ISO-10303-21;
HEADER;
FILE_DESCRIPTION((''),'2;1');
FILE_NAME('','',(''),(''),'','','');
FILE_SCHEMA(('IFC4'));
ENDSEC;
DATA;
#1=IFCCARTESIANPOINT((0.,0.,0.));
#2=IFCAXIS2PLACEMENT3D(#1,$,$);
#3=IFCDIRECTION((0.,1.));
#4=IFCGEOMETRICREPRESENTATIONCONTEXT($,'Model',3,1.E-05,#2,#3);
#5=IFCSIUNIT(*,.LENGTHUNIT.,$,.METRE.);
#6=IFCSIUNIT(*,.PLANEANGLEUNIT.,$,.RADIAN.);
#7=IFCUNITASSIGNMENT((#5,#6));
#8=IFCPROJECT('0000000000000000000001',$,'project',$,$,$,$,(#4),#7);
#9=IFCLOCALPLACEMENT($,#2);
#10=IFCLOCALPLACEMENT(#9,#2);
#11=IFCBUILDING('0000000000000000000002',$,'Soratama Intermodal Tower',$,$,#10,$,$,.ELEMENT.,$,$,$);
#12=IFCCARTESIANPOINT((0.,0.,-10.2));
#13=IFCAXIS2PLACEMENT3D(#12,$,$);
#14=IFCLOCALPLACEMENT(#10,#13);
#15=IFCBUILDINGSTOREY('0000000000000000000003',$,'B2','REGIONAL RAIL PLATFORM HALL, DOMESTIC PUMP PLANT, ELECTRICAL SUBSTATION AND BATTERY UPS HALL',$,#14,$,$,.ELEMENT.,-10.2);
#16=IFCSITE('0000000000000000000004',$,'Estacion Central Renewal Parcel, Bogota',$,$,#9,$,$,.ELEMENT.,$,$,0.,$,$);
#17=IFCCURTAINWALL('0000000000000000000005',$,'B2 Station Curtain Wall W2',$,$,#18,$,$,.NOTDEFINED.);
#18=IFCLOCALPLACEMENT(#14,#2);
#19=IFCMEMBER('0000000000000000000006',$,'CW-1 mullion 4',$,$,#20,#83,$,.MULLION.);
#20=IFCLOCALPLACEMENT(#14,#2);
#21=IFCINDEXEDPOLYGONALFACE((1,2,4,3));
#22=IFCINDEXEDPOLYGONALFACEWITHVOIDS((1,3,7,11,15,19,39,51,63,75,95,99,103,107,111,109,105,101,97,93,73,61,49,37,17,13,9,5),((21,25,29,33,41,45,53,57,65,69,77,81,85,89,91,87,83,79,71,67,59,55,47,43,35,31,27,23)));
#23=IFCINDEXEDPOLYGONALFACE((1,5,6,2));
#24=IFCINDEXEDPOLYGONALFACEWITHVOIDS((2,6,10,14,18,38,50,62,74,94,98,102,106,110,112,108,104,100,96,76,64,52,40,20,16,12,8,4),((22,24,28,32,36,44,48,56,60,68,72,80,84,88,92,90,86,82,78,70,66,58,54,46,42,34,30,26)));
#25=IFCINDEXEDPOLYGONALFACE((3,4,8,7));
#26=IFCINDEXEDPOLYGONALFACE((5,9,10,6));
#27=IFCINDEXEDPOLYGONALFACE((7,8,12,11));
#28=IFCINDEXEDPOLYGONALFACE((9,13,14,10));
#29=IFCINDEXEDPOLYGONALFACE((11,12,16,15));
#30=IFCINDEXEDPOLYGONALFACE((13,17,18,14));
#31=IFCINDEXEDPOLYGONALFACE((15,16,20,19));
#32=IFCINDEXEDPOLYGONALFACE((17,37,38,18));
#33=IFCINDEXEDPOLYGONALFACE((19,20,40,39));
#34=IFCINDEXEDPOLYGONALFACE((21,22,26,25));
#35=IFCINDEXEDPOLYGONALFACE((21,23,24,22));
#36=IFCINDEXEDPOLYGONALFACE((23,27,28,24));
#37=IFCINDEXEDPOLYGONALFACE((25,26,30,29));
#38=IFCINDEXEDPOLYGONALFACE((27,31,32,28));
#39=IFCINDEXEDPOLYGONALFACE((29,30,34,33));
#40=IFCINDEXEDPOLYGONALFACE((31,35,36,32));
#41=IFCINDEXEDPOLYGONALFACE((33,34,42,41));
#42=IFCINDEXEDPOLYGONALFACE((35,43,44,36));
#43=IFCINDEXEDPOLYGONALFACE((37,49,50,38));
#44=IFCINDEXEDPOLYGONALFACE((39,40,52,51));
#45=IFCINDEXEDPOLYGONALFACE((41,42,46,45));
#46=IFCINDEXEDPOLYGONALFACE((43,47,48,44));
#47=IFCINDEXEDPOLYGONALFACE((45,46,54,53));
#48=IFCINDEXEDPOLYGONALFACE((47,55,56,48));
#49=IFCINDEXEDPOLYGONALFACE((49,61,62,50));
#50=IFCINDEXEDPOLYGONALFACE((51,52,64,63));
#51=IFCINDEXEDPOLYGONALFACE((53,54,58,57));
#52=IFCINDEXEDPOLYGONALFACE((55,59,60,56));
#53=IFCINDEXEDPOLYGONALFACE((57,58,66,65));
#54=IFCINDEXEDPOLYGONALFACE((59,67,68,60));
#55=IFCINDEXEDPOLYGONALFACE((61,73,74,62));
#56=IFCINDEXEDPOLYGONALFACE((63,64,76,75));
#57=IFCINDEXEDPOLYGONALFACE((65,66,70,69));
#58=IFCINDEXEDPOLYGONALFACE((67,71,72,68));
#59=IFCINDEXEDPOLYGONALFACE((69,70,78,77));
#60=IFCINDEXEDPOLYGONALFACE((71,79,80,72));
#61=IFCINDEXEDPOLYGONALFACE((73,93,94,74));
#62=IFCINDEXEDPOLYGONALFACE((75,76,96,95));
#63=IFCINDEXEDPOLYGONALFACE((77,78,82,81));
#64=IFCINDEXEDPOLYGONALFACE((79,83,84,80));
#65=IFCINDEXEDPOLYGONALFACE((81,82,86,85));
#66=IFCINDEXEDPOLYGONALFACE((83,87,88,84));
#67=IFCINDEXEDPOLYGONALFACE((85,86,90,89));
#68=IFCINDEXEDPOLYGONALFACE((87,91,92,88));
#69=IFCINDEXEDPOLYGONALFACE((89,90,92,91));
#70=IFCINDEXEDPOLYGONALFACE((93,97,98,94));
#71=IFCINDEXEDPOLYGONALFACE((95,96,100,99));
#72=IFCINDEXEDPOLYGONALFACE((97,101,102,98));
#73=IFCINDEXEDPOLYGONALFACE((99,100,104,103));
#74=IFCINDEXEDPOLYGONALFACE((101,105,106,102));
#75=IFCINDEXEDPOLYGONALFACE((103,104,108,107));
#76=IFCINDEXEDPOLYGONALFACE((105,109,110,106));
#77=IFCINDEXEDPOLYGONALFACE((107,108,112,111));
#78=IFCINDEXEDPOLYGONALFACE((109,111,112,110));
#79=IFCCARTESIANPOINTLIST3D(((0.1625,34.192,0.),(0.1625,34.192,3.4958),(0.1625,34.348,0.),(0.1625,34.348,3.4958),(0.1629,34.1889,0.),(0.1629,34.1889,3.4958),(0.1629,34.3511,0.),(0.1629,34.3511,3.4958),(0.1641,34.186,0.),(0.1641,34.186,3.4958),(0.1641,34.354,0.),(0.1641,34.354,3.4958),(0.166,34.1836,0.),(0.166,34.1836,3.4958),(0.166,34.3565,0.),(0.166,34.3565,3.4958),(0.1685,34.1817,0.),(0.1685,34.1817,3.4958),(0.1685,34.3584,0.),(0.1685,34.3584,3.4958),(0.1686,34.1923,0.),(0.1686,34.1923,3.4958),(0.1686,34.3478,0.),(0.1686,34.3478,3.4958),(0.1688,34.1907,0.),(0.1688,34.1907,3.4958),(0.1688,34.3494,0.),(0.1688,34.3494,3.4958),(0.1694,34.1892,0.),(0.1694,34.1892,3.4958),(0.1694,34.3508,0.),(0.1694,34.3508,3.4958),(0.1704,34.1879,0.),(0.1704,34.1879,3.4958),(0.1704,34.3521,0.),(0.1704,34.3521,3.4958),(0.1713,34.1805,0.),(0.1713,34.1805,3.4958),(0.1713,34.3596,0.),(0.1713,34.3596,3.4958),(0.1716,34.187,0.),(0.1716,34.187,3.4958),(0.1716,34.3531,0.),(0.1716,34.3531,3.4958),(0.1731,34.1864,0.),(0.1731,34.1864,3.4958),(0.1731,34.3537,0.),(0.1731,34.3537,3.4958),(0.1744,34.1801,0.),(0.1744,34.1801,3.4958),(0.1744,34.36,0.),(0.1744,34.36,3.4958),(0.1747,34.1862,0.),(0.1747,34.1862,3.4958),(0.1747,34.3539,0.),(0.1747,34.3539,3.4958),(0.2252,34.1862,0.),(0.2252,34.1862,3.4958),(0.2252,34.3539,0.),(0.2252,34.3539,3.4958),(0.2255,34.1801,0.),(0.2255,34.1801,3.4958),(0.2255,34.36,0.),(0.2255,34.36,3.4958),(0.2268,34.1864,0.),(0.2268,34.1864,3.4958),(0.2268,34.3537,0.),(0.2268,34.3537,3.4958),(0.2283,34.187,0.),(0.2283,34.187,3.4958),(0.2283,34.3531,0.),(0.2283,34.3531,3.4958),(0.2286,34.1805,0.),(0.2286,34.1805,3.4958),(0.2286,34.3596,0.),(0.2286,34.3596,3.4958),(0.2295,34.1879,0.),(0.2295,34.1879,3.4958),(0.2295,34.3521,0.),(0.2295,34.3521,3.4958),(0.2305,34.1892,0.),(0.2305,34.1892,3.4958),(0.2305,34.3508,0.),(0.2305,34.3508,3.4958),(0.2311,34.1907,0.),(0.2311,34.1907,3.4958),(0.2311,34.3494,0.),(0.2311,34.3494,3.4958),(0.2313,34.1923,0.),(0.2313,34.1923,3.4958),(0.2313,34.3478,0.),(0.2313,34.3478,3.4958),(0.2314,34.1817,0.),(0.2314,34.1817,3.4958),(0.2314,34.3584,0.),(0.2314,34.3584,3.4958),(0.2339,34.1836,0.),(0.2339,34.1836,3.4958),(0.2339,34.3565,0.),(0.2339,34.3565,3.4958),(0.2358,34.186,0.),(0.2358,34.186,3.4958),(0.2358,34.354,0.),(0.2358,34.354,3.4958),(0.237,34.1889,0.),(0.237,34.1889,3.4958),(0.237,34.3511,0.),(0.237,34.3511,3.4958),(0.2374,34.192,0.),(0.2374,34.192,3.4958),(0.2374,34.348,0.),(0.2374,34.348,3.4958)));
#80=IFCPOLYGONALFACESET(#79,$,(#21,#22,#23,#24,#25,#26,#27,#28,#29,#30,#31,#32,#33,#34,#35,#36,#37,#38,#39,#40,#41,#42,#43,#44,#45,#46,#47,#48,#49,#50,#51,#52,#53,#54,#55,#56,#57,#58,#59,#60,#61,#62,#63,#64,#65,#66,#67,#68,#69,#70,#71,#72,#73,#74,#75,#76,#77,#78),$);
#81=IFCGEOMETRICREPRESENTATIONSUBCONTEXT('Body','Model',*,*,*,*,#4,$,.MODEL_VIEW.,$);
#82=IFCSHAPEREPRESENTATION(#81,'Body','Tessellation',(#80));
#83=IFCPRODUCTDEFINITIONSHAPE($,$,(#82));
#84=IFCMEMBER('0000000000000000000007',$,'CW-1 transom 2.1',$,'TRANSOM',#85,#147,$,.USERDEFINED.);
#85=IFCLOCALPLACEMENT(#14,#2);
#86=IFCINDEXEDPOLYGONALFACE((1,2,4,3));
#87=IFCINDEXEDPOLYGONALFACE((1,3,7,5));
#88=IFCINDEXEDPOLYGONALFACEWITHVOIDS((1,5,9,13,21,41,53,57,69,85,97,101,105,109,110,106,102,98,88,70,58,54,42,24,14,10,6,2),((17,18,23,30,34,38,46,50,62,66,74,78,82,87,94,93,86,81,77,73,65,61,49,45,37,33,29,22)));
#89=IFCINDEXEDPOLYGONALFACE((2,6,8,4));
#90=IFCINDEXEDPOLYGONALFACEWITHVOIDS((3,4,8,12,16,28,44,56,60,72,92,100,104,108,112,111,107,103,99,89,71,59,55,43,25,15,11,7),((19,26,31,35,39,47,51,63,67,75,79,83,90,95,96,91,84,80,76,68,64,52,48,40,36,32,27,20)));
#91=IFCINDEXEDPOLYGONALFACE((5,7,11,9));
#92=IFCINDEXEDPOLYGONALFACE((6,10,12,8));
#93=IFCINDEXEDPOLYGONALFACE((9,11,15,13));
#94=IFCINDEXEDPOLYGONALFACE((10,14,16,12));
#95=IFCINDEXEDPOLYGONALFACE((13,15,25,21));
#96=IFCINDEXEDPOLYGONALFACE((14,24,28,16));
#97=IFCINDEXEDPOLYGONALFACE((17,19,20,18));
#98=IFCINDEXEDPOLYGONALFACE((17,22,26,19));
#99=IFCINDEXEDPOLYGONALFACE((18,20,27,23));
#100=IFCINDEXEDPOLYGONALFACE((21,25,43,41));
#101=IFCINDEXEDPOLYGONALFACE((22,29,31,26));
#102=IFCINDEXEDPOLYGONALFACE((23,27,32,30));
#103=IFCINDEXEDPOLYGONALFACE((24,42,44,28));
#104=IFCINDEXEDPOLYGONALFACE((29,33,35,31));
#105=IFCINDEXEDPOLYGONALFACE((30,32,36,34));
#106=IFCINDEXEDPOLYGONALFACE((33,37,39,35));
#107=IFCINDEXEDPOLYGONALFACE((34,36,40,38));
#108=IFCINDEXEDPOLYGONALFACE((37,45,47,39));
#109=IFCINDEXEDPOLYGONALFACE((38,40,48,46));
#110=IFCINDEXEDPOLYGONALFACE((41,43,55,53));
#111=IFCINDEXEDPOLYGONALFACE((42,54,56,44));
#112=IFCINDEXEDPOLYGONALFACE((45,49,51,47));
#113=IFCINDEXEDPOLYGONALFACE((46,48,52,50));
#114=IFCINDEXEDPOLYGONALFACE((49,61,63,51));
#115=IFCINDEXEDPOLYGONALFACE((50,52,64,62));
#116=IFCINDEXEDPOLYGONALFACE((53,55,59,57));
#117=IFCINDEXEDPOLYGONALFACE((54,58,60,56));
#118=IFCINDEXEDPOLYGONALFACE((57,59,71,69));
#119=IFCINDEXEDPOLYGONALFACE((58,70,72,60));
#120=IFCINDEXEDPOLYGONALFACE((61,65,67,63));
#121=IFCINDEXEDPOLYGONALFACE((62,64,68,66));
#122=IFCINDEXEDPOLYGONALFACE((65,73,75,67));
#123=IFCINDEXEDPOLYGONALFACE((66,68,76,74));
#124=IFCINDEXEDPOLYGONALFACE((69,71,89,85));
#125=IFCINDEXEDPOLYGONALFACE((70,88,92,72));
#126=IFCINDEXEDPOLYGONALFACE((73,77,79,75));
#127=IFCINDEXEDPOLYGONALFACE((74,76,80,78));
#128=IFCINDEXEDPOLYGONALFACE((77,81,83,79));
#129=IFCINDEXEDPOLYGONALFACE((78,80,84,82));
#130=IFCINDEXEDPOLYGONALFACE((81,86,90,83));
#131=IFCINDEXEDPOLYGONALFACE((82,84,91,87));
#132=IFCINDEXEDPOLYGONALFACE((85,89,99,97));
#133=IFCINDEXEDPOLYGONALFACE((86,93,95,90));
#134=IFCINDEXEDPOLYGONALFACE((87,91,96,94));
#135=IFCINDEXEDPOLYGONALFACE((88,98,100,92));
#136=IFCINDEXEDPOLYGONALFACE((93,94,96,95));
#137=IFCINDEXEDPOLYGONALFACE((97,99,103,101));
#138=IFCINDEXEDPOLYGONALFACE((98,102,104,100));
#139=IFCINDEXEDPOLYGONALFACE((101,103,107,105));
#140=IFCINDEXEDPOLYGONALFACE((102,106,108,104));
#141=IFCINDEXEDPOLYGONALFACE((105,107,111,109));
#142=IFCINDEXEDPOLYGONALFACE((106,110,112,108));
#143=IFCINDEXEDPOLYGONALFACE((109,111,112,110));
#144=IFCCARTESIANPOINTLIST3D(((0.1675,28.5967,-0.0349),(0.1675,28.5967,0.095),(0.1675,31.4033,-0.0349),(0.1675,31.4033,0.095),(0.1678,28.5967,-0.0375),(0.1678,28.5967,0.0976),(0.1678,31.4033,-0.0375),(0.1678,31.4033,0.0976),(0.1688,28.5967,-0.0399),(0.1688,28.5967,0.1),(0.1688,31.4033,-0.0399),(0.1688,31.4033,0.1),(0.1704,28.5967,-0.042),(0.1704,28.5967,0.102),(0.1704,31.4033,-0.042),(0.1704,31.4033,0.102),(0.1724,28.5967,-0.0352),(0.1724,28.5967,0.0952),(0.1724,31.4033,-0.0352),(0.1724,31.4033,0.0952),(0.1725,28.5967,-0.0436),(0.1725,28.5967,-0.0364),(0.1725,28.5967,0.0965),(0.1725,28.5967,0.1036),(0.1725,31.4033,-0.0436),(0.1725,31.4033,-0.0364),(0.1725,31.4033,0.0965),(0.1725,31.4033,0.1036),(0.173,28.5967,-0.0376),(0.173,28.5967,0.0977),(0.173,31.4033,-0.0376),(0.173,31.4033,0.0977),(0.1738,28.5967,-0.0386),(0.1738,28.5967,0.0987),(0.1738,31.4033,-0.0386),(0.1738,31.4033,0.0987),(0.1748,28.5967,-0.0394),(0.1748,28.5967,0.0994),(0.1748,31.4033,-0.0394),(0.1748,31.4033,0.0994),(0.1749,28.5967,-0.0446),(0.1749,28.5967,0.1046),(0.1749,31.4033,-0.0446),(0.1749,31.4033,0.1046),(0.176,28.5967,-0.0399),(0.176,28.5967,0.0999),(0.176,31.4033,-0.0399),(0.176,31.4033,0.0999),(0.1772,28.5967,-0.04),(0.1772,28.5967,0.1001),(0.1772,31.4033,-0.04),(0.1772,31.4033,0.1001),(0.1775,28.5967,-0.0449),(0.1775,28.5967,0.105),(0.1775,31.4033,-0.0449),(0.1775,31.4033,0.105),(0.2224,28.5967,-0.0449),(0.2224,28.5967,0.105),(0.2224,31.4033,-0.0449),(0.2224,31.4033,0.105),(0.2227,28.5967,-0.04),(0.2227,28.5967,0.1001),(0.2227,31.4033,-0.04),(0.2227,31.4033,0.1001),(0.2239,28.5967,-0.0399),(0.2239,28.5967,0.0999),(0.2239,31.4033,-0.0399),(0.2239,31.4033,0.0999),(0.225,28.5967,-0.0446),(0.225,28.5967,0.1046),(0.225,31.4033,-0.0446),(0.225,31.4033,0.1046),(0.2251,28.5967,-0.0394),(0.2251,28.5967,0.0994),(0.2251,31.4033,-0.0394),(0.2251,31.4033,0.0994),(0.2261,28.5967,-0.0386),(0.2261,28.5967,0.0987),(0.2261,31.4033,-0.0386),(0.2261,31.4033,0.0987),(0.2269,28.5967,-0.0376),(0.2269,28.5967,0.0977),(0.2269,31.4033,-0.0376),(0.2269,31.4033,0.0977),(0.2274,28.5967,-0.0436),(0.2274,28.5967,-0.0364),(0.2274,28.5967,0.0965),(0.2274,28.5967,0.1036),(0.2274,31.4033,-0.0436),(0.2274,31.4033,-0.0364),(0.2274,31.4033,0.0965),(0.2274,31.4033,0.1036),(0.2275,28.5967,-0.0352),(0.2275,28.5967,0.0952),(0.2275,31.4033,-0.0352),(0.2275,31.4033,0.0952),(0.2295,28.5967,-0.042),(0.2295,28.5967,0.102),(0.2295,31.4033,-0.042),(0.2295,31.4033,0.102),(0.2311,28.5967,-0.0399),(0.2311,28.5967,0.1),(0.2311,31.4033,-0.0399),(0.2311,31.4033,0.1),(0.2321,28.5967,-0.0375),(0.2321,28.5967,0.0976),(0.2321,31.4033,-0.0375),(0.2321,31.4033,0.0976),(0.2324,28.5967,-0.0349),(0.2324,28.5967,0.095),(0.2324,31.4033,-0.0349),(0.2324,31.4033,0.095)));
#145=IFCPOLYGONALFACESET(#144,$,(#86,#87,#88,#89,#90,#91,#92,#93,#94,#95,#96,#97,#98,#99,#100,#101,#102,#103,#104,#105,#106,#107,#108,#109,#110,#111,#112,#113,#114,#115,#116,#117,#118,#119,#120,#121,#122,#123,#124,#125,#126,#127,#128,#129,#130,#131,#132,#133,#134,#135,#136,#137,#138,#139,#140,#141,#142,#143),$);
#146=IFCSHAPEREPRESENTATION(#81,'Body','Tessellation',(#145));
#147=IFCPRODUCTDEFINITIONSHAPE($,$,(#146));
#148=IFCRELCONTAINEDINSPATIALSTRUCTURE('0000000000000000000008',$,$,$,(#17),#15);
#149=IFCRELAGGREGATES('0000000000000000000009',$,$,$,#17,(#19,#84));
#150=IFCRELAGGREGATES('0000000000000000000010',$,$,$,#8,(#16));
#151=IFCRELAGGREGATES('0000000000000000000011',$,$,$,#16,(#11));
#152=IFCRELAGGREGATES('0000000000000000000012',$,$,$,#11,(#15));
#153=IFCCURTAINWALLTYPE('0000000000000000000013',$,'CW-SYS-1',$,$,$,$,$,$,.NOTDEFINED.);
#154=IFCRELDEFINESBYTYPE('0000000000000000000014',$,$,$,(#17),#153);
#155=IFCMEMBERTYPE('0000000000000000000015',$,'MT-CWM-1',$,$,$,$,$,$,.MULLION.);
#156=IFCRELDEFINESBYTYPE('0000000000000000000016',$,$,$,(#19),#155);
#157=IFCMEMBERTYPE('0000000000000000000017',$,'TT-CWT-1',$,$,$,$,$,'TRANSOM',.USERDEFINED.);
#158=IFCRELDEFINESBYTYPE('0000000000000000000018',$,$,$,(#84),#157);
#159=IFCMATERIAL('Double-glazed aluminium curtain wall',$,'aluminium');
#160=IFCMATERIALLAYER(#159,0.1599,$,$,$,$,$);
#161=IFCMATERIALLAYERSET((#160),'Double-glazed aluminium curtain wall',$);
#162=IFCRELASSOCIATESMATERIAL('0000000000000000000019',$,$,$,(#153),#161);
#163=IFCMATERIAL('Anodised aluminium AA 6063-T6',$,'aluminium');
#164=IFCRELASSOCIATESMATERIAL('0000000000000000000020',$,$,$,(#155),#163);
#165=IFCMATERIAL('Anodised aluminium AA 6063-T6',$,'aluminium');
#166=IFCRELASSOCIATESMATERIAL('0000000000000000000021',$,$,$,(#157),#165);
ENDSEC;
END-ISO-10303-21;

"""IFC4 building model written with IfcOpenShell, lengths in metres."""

from ifc_helpers import new_model, si_unit, direction, frame, origin, origin_2d, place, context, subcontext, project, spatial, hollow_rectangle, extrude, material, layer, layer_set, material_profile, profile_set, type_object, element, aggregate, save


model = new_model("IFC4")

# Units and contexts
model_context = context("Model", 3, precision=1e-05, world=origin(), true_north=direction((0.0, 1.0)))
body_context = subcontext(model_context, "Body", "Model", "MODEL_VIEW")
ifc_project = project(units=[si_unit("LENGTHUNIT", "METRE"), si_unit("PLANEANGLEUNIT", "RADIAN")], contexts=[model_context])

# Site, building, storey
site_placement = place(None, origin())
site = spatial("IfcSite", under=ifc_project, at=site_placement, Name="Estacion Central Renewal Parcel, Bogota", CompositionType="ELEMENT", RefElevation=0.0)
building_placement = place(site_placement, origin())
building = spatial("IfcBuilding", under=site, at=building_placement, Name="Soratama Intermodal Tower", CompositionType="ELEMENT")
storey_placement = place(building_placement, frame((0.0, 0.0, -10.2)))
storey = spatial("IfcBuildingStorey", under=building, at=storey_placement, Name="B2", Description="REGIONAL RAIL PLATFORM HALL, DOMESTIC PUMP PLANT, ELECTRICAL SUBSTATION AND BATTERY UPS HALL", CompositionType="ELEMENT", Elevation=-10.2)

# Curtain wall, members
ifc_material_1 = material(Name="Double-glazed aluminium curtain wall", Category="aluminium")
ifc_layer_1 = layer(ifc_material_1, 0.1599)
ifc_layer_set_1 = layer_set([ifc_layer_1], Name="Double-glazed aluminium curtain wall")
curtain_wall_type = type_object("IfcCurtainWallType", Name="CW-SYS-1", PredefinedType="NOTDEFINED", material=ifc_layer_set_1)
curtain_wall_placement = place(storey_placement, origin())
curtain_wall = element("IfcCurtainWall", 1, at=curtain_wall_placement, inside=storey, type_object=curtain_wall_type, Name="B2 Station Curtain Wall W2", PredefinedType="NOTDEFINED")
ifc_material_2 = material(Name="Anodised aluminium AA 6063-T6", Category="aluminium")
ifc_material_profile_1 = material_profile(ifc_material_2, hollow_rectangle(XDim=0.075, YDim=0.1799, WallThickness=0.0061, InnerFilletRadius=0.0061, OuterFilletRadius=0.012, at=origin_2d()), Name="CWM180X75X6")
ifc_profile_set_1 = profile_set([ifc_material_profile_1], Name="Anodised aluminium AA 6063-T6")
member_type_1 = type_object("IfcMemberType", Name="MT-CWM-1", PredefinedType="MULLION", material=ifc_profile_set_1)
member_1_placement = place(storey_placement, frame((0.2, 34.27, 0.0), z_axis=(0.0, 0.0, 1.0), x_axis=(-1.0, 0.0, 0.0)))
member_1 = element("IfcMember", 2, at=member_1_placement, type_object=member_type_1, Name="CW-1 mullion 4", PredefinedType="MULLION", context=body_context, shape_type="SweptSolid", body=[
    extrude(hollow_rectangle(XDim=0.075, YDim=0.1799, WallThickness=0.0061, InnerFilletRadius=0.0061, OuterFilletRadius=0.012, at=origin_2d()), origin(), (0.0, 0.0, 1.0), 3.4958),
])
ifc_material_3 = material(Name="Anodised aluminium AA 6063-T6", Category="aluminium")
ifc_material_profile_2 = material_profile(ifc_material_3, hollow_rectangle(XDim=0.0649, YDim=0.1499, WallThickness=0.0049, InnerFilletRadius=0.0049, OuterFilletRadius=0.01, at=origin_2d()), Name="CWT150X65X5")
ifc_profile_set_2 = profile_set([ifc_material_profile_2], Name="Anodised aluminium AA 6063-T6")
member_type_2 = type_object("IfcMemberType", Name="TT-CWT-1", ElementType="TRANSOM", PredefinedType="USERDEFINED", material=ifc_profile_set_2)
member_2_placement = place(storey_placement, frame((0.2, 28.5967, 0.03), z_axis=(0.0, 1.0, 0.0), x_axis=(-1.0, 0.0, 0.0)))
member_2 = element("IfcMember", 3, at=member_2_placement, type_object=member_type_2, Name="CW-1 transom 2.1", ObjectType="TRANSOM", PredefinedType="USERDEFINED", context=body_context, shape_type="SweptSolid", body=[
    extrude(hollow_rectangle(XDim=0.0649, YDim=0.1499, WallThickness=0.0049, InnerFilletRadius=0.0049, OuterFilletRadius=0.01, at=origin_2d()), origin(), (0.0, 0.0, 1.0), 2.8066),
])
aggregate(curtain_wall, [member_1, member_2])

save(model, "model.ifc")
